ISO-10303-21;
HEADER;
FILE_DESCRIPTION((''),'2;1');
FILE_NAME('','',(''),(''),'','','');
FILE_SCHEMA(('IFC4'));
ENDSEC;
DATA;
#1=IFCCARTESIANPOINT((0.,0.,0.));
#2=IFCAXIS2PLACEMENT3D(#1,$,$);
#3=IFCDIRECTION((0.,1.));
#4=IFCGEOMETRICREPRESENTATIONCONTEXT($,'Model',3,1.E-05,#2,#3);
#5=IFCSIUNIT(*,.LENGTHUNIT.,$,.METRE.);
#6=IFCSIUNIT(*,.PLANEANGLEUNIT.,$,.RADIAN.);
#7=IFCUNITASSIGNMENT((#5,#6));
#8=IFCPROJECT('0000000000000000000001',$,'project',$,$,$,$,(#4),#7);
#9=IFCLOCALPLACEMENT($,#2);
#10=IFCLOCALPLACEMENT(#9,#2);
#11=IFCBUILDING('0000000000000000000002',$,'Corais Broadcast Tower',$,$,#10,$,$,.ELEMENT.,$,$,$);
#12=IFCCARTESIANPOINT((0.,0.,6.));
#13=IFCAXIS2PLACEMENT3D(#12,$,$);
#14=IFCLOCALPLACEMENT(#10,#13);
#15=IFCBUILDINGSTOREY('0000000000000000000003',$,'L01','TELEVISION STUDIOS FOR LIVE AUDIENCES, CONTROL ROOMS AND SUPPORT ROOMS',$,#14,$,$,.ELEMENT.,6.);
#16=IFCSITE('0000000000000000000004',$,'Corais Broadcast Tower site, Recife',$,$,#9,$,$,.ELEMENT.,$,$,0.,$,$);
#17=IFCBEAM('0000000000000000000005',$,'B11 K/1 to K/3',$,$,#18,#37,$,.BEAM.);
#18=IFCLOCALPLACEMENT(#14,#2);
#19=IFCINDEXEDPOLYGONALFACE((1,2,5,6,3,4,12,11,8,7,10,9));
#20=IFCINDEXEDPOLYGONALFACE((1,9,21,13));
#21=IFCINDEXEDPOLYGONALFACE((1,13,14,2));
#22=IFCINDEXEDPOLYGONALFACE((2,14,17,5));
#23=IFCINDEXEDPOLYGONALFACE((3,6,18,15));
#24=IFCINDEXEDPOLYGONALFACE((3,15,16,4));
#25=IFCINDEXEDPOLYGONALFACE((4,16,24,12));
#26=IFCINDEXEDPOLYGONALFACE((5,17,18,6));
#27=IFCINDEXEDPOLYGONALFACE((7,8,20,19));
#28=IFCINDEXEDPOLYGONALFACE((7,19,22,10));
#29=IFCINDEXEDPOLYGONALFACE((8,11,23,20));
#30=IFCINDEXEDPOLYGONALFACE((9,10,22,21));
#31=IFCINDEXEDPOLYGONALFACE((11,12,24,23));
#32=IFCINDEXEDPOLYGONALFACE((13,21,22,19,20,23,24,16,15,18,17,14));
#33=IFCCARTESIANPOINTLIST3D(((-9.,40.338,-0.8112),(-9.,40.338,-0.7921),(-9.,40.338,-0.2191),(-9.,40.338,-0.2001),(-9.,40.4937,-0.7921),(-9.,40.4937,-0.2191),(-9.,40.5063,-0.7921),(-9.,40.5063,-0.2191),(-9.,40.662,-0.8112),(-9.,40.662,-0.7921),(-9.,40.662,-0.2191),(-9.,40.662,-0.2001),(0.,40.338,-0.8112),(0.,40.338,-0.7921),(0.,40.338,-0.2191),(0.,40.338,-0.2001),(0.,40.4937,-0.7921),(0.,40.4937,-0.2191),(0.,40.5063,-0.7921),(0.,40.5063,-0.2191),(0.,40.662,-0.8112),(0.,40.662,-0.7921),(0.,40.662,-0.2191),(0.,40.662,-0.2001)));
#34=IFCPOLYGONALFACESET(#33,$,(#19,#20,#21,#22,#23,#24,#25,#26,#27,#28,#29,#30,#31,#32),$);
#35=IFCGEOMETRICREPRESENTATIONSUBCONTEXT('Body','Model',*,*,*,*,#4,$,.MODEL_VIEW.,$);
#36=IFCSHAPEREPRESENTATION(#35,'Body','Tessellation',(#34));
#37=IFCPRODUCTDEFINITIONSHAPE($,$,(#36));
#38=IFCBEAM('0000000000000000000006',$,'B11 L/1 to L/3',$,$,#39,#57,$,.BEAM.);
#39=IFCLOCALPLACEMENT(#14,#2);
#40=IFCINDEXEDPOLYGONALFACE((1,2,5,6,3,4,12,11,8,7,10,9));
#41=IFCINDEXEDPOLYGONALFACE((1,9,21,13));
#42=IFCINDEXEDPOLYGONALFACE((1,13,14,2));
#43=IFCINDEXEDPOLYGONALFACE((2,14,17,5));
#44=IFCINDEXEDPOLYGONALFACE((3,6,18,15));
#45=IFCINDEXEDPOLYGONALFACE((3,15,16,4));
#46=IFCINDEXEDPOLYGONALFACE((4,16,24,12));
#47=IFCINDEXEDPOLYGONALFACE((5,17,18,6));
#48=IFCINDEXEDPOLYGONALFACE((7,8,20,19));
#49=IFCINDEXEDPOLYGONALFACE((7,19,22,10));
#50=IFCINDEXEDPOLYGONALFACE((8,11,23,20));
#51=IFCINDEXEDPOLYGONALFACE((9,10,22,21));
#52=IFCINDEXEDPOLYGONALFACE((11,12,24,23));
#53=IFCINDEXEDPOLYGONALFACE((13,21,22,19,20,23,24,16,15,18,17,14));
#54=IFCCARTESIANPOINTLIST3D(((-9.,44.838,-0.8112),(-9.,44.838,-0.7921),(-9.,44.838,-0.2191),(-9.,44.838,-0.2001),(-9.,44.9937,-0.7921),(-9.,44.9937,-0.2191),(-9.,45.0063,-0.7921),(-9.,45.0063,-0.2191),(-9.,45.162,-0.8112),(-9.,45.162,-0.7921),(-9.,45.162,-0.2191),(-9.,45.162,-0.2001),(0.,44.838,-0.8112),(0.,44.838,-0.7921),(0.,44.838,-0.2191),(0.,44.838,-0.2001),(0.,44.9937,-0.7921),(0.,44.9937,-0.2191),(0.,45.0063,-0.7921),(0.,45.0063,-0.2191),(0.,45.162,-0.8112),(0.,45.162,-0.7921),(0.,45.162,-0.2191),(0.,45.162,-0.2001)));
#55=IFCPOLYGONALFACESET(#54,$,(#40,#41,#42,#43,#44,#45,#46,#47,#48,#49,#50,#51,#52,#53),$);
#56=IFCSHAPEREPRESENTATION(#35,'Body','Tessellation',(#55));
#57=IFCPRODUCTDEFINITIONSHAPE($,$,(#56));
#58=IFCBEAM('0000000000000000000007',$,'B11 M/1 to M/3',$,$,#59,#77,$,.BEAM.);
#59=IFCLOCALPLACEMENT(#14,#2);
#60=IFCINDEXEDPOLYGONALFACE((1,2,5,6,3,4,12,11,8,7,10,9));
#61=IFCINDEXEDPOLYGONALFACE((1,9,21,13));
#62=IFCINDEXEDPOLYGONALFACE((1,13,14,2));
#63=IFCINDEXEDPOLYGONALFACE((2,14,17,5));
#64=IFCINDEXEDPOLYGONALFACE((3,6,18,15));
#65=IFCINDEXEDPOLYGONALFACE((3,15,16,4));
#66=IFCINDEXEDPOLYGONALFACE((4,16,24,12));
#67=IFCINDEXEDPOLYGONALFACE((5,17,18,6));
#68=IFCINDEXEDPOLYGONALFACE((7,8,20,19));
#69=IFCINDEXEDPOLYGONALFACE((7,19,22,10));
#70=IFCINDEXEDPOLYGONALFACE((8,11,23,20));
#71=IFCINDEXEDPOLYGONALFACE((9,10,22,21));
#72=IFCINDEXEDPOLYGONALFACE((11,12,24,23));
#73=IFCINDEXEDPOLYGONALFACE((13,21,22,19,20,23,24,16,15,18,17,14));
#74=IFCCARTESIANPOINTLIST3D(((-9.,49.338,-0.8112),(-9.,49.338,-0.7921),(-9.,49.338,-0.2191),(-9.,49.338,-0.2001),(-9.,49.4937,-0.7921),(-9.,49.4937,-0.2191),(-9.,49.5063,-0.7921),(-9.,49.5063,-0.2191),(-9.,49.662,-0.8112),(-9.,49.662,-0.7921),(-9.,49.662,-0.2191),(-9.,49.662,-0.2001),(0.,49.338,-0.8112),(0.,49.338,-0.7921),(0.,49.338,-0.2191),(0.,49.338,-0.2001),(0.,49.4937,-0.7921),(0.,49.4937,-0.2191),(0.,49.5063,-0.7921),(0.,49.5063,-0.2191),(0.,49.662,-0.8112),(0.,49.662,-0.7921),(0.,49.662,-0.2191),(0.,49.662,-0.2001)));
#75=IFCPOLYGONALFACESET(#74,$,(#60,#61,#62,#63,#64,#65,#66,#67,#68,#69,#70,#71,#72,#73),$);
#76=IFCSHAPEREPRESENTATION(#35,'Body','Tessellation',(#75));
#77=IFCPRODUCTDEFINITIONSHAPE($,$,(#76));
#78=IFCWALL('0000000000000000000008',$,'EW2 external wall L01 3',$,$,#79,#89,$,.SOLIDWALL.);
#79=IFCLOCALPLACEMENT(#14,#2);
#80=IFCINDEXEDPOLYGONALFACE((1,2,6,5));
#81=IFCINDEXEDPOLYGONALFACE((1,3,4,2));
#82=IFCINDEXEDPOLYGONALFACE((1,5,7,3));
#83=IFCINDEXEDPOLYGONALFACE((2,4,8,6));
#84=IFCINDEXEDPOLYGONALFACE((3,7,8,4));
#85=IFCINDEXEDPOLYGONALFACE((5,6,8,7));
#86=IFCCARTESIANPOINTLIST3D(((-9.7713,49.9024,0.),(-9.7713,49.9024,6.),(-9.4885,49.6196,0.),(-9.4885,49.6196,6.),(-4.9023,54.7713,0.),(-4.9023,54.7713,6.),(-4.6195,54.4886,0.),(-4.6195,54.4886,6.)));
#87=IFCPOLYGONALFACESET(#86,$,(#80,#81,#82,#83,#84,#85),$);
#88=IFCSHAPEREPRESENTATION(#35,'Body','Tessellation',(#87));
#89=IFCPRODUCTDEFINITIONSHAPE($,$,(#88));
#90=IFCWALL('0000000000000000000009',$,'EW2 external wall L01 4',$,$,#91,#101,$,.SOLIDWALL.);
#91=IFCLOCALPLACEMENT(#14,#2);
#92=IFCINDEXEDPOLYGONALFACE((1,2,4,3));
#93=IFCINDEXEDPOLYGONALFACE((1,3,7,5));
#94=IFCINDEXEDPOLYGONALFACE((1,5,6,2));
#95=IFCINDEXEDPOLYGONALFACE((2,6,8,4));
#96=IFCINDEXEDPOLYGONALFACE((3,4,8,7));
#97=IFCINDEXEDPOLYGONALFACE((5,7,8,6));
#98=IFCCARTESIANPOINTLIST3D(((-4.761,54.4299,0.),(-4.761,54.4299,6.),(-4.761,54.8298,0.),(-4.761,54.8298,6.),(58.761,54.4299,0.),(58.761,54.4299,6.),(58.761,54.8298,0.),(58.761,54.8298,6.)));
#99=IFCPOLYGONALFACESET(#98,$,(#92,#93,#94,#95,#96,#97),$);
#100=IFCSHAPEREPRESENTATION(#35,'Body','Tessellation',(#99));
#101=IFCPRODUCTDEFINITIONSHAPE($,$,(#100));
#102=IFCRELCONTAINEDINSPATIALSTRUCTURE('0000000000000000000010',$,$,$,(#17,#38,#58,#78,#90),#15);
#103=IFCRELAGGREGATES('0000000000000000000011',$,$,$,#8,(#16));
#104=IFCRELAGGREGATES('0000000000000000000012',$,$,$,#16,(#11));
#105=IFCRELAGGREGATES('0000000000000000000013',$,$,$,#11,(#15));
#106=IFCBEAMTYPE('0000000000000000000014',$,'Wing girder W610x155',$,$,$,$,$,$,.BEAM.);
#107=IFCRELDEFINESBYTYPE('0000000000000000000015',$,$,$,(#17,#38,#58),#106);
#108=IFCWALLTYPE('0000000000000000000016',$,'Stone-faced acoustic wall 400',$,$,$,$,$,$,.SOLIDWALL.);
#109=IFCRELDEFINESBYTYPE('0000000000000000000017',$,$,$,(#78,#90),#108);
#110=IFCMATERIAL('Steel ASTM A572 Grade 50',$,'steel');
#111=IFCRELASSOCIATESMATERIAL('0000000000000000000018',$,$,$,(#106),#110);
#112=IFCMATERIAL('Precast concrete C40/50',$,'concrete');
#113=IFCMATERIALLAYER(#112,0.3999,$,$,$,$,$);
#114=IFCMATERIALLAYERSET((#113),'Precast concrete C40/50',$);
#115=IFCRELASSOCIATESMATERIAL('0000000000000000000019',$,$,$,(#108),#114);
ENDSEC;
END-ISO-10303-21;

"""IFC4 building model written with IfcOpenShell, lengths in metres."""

from ifc_helpers import new_model, si_unit, direction, frame, frame_2d, origin, origin_2d, place, context, subcontext, project, spatial, rectangle, i_section, extrude, material, layer, layer_set, material_profile, profile_set, type_object, element, save


model = new_model("IFC4")

# Units and contexts
model_context = context("Model", 3, precision=1e-05, world=origin(), true_north=direction((0.0, 1.0)))
body_context = subcontext(model_context, "Body", "Model", "MODEL_VIEW")
ifc_project = project(units=[si_unit("LENGTHUNIT", "METRE"), si_unit("PLANEANGLEUNIT", "RADIAN")], contexts=[model_context])

# Site, building, storey
site_placement = place(None, origin())
site = spatial("IfcSite", under=ifc_project, at=site_placement, Name="Corais Broadcast Tower site, Recife", CompositionType="ELEMENT", RefElevation=0.0)
building_placement = place(site_placement, origin())
building = spatial("IfcBuilding", under=site, at=building_placement, Name="Corais Broadcast Tower", CompositionType="ELEMENT")
storey_placement = place(building_placement, frame((0.0, 0.0, 6.0)))
storey = spatial("IfcBuildingStorey", under=building, at=storey_placement, Name="L01", Description="TELEVISION STUDIOS FOR LIVE AUDIENCES, CONTROL ROOMS AND SUPPORT ROOMS", CompositionType="ELEMENT", Elevation=6.0)

# Beams
ifc_material_1 = material(Name="Steel ASTM A572 Grade 50", Category="steel")
ifc_material_profile_1 = material_profile(ifc_material_1, i_section(OverallWidth=0.324, OverallDepth=0.6111, WebThickness=0.0127, FlangeThickness=0.019, at=origin_2d()), Name="W610x155")
ifc_profile_set_1 = profile_set([ifc_material_profile_1], Name="Steel ASTM A572 Grade 50")
beam_type_1 = type_object("IfcBeamType", Name="Wing girder W610x155", PredefinedType="BEAM", material=ifc_profile_set_1)
for number, where, z_axis, x_axis, name in (
    (1, (-9.0, 40.5, -0.5056), (1.0, 0.0, 0.0), (0.0, 1.0, 0.0), "B11 K/1 to K/3"),
    (2, (-9.0, 45.0, -0.5056), (1.0, 0.0, 0.0), (0.0, 1.0, 0.0), "B11 L/1 to L/3"),
    (3, (-9.0, 49.5, -0.5056), (1.0, 0.0, 0.0), (0.0, 1.0, 0.0), "B11 M/1 to M/3"),
):
    element("IfcBeam", number, at=place(storey_placement, frame(where, z_axis=z_axis, x_axis=x_axis)), inside=storey, type_object=beam_type_1, Name=name, PredefinedType="BEAM", context=body_context, shape_type="SweptSolid", body=[
        extrude(i_section(OverallWidth=0.324, OverallDepth=0.6111, WebThickness=0.0127, FlangeThickness=0.019, at=origin_2d()), origin(), (0.0, 0.0, 1.0), 9.0),
    ])

# Walls
ifc_material_2 = material(Name="Precast concrete C40/50", Category="concrete")
ifc_layer = layer(ifc_material_2, 0.3999)
ifc_layer_set = layer_set([ifc_layer], Name="Precast concrete C40/50")
wall_type = type_object("IfcWallType", Name="Stone-faced acoustic wall 400", PredefinedType="SOLIDWALL", material=ifc_layer_set)
wall_1_placement = place(storey_placement, frame((-9.6299, 49.761, 0.0), z_axis=(0.0, 0.0, 1.0), x_axis=(0.707107, 0.707107, 0.0)))
element("IfcWall", 4, at=wall_1_placement, inside=storey, type_object=wall_type, Name="EW2 external wall L01 3", PredefinedType="SOLIDWALL", context=body_context, shape_type="SweptSolid", body=[
    extrude(rectangle(XDim=6.8857, YDim=0.3999, at=frame_2d((3.4429, 0.0))), origin(), (0.0, 0.0, 1.0), 6.0),
])
wall_2_placement = place(storey_placement, frame((-4.761, 54.6299, 0.0), z_axis=(0.0, 0.0, 1.0), x_axis=(1.0, 0.0, 0.0)))
element("IfcWall", 5, at=wall_2_placement, inside=storey, type_object=wall_type, Name="EW2 external wall L01 4", PredefinedType="SOLIDWALL", context=body_context, shape_type="SweptSolid", body=[
    extrude(rectangle(XDim=63.522, YDim=0.3999, at=frame_2d((31.761, 0.0))), origin(), (0.0, 0.0, 1.0), 6.0),
])

save(model, "model.ifc")
